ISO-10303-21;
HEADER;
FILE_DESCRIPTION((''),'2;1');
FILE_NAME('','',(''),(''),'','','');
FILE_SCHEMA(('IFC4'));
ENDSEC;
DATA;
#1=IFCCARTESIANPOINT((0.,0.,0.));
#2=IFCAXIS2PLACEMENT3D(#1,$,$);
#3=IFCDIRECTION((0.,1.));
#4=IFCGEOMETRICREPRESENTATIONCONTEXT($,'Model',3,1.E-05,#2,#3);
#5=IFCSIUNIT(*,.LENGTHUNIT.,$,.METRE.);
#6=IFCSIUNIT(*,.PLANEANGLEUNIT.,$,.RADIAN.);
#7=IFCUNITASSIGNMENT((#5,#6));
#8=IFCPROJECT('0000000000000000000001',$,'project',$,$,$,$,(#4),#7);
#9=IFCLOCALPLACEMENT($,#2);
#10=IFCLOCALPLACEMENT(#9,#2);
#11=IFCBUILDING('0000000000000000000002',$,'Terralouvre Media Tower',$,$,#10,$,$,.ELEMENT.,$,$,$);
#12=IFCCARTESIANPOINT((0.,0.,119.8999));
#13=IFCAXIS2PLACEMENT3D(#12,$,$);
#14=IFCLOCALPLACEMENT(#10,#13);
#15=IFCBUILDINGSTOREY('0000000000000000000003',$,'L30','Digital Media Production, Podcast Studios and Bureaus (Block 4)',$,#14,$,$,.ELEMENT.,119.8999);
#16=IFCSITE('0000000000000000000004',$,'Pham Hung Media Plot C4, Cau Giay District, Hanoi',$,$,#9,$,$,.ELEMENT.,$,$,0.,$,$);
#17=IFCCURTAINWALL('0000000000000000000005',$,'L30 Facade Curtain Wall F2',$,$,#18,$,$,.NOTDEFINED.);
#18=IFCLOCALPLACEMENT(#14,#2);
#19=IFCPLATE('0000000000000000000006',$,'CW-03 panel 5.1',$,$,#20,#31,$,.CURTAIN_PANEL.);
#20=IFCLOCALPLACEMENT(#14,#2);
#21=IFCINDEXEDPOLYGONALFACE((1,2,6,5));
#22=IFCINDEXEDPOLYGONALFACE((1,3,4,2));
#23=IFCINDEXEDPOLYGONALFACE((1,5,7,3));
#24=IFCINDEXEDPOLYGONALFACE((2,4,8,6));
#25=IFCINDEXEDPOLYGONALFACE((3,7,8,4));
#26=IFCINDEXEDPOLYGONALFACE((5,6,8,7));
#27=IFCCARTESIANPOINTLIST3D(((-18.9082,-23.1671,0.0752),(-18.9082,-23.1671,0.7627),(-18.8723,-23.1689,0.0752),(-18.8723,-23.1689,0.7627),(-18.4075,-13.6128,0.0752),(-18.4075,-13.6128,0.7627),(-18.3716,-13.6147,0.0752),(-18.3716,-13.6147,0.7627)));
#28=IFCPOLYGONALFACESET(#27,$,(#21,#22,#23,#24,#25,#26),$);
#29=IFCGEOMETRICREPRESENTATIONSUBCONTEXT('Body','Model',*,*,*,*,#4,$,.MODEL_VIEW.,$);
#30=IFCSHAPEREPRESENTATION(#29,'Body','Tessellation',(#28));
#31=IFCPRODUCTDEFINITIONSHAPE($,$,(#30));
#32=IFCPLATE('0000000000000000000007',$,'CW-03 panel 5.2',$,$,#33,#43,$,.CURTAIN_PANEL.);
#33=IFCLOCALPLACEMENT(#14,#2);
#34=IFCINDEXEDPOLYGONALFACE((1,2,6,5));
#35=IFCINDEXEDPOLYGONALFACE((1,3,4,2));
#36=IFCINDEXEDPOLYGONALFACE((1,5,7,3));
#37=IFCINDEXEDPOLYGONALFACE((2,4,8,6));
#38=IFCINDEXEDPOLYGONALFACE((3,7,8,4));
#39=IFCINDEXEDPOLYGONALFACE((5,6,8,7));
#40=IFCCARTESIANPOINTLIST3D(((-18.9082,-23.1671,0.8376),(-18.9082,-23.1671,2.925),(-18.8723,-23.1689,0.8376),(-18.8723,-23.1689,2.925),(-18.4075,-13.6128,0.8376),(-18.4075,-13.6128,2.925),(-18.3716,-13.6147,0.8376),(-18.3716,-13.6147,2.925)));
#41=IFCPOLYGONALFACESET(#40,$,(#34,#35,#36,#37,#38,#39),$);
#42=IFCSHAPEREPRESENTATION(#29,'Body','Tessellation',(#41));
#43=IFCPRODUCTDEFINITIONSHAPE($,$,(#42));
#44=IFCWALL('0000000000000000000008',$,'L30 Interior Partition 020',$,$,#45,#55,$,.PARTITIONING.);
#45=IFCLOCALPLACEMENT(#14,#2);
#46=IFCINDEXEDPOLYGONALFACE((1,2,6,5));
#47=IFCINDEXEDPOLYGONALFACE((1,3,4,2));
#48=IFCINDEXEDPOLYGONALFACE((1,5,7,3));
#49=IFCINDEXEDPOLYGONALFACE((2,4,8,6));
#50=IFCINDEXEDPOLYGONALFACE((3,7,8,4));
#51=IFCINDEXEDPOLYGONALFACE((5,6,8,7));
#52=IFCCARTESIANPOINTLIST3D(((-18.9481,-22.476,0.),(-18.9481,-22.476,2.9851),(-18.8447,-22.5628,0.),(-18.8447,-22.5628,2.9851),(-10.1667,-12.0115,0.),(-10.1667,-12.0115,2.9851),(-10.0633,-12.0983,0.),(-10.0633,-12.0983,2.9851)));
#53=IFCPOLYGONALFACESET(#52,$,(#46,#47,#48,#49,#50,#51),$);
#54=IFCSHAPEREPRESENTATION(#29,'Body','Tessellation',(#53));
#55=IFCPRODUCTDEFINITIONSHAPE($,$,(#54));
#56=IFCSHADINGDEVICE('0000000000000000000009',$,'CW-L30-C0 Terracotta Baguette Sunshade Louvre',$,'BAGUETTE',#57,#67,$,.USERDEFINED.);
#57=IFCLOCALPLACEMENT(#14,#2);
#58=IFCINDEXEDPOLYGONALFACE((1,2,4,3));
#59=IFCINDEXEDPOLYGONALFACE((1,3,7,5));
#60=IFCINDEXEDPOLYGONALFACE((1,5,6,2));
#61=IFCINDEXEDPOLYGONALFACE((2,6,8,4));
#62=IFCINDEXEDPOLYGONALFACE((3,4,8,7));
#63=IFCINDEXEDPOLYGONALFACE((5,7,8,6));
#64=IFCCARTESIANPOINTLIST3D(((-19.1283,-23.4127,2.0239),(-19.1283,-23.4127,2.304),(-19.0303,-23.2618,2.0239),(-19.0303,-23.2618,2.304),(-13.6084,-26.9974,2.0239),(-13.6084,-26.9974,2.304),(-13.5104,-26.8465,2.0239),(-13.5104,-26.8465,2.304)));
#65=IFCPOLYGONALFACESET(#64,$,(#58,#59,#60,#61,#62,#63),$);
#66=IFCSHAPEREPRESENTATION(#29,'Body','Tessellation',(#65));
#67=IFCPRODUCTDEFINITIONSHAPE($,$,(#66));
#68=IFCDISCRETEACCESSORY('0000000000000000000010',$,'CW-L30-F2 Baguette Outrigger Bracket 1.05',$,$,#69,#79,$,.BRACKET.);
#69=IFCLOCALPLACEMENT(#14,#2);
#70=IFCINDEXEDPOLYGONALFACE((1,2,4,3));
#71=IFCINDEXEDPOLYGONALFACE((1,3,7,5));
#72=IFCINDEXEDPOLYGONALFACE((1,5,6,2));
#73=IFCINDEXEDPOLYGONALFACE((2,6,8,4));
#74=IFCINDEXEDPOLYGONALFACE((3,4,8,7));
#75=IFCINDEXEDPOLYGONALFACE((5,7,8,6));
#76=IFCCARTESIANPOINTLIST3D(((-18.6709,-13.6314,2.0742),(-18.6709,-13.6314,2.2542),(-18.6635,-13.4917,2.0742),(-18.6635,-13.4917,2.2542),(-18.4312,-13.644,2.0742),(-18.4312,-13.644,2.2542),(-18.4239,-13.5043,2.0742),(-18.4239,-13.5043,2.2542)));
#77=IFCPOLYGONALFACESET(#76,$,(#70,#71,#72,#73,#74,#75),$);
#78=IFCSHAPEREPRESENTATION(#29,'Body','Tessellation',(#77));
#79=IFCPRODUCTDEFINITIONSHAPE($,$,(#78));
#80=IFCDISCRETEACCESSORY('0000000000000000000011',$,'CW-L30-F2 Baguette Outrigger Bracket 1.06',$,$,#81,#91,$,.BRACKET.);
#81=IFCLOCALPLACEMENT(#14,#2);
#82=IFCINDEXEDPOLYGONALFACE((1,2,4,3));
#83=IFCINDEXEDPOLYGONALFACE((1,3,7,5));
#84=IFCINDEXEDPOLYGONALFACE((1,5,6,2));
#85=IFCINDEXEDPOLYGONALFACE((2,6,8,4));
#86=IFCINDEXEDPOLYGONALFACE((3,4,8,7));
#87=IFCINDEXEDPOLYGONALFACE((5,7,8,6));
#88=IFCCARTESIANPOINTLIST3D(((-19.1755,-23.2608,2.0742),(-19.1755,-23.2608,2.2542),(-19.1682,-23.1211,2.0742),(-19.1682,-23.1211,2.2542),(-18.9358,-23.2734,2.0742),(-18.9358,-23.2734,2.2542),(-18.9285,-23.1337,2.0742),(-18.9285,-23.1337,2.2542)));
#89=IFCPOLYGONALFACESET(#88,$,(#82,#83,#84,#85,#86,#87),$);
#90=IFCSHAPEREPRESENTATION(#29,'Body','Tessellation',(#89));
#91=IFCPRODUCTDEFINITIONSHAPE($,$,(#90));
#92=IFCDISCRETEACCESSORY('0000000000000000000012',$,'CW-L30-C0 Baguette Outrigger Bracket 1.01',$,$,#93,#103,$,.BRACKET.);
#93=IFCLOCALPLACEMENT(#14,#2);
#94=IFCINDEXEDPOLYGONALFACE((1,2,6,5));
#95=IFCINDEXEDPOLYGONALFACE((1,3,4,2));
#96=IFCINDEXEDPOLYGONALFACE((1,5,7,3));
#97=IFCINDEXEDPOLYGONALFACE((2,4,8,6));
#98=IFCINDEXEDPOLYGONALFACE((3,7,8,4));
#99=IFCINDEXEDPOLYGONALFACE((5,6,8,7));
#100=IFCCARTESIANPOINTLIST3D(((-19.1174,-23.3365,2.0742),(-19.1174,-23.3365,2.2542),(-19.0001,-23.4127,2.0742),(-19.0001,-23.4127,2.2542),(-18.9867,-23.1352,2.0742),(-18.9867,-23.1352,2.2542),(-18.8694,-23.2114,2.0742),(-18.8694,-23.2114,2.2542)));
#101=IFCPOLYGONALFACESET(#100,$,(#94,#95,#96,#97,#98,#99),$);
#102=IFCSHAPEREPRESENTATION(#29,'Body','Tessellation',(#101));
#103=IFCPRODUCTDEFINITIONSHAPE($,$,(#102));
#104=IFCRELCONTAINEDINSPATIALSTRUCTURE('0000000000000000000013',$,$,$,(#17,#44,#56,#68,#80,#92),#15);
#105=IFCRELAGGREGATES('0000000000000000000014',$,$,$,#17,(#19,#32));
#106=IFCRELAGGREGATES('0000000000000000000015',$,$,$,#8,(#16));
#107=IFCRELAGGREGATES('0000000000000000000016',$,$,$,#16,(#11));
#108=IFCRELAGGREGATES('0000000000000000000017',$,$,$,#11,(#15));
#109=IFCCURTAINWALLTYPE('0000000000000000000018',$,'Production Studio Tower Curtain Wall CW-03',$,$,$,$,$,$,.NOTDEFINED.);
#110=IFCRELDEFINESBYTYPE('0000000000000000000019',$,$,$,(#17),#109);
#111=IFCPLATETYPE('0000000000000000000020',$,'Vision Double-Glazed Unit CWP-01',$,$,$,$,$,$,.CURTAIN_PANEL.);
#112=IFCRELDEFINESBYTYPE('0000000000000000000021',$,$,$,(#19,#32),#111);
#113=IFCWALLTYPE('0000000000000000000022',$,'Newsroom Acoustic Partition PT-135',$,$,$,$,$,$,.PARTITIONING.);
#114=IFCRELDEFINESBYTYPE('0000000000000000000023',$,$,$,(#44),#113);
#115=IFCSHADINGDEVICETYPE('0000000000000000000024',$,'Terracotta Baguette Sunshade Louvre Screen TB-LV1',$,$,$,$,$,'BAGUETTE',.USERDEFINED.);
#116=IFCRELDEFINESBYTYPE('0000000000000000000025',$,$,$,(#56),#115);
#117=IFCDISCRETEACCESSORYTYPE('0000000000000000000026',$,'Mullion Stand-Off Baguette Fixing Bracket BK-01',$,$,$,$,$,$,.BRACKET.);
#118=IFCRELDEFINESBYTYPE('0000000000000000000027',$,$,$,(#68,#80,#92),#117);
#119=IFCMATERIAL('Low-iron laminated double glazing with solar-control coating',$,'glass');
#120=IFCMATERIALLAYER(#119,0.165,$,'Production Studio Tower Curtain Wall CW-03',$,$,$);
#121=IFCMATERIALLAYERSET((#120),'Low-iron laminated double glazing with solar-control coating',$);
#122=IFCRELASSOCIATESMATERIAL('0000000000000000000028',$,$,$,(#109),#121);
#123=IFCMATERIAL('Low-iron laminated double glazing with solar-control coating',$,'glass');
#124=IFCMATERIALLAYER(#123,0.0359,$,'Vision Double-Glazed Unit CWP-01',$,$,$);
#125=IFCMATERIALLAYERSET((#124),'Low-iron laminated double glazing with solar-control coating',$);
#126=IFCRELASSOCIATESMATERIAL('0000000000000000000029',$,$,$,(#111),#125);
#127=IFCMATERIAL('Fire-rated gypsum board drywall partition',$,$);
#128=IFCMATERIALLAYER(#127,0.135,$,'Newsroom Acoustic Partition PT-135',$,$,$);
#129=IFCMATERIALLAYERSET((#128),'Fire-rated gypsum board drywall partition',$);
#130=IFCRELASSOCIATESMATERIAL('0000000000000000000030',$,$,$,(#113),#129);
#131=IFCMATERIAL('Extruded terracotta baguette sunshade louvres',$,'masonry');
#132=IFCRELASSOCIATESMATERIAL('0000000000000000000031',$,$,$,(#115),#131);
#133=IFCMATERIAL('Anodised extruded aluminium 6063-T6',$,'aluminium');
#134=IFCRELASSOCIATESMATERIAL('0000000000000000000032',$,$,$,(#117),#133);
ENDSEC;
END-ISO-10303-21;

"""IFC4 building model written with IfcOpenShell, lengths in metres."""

from ifc_helpers import new_model, si_unit, direction, frame, frame_2d, origin, origin_2d, place, context, subcontext, project, spatial, rectangle, extrude, material, layer, layer_set, type_object, element, aggregate, save


model = new_model("IFC4")

# Units and contexts
model_context = context("Model", 3, precision=1e-05, world=origin(), true_north=direction((0.0, 1.0)))
body_context = subcontext(model_context, "Body", "Model", "MODEL_VIEW")
ifc_project = project(units=[si_unit("LENGTHUNIT", "METRE"), si_unit("PLANEANGLEUNIT", "RADIAN")], contexts=[model_context])

# Site, building, storey
site_placement = place(None, origin())
site = spatial("IfcSite", under=ifc_project, at=site_placement, Name="Pham Hung Media Plot C4, Cau Giay District, Hanoi", CompositionType="ELEMENT", RefElevation=0.0)
building_placement = place(site_placement, origin())
building = spatial("IfcBuilding", under=site, at=building_placement, Name="Terralouvre Media Tower", CompositionType="ELEMENT")
storey_placement = place(building_placement, frame((0.0, 0.0, 119.8999)))
storey = spatial("IfcBuildingStorey", under=building, at=storey_placement, Name="L30", Description="Digital Media Production, Podcast Studios and Bureaus (Block 4)", CompositionType="ELEMENT", Elevation=119.8999)

# Curtain wall
ifc_material_1 = material(Name="Low-iron laminated double glazing with solar-control coating", Category="glass")
ifc_layer_1 = layer(ifc_material_1, 0.165, Name="Production Studio Tower Curtain Wall CW-03")
ifc_layer_set_1 = layer_set([ifc_layer_1], Name="Low-iron laminated double glazing with solar-control coating")
curtain_wall_type_1 = type_object("IfcCurtainWallType", Name="Production Studio Tower Curtain Wall CW-03", PredefinedType="NOTDEFINED", material=ifc_layer_set_1)
curtain_wall_1_placement = place(storey_placement, origin())
curtain_wall_1 = element("IfcCurtainWall", 1, at=curtain_wall_1_placement, inside=storey, type_object=curtain_wall_type_1, Name="L30 Facade Curtain Wall F2", PredefinedType="NOTDEFINED")

# Plates
ifc_material_2 = material(Name="Low-iron laminated double glazing with solar-control coating", Category="glass")
ifc_layer_2 = layer(ifc_material_2, 0.0359, Name="Vision Double-Glazed Unit CWP-01")
ifc_layer_set_2 = layer_set([ifc_layer_2], Name="Low-iron laminated double glazing with solar-control coating")
plate_type_1 = type_object("IfcPlateType", Name="Vision Double-Glazed Unit CWP-01", PredefinedType="CURTAIN_PANEL", material=ifc_layer_set_2)
plate_1_placement = place(storey_placement, frame((-18.6399, -18.3909, 0.0752), z_axis=(0.0, 0.0, 1.0), x_axis=(-0.052336, -0.99863, 0.0)))
plate_1 = element("IfcPlate", 2, at=plate_1_placement, type_object=plate_type_1, Name="CW-03 panel 5.1", PredefinedType="CURTAIN_PANEL", context=body_context, shape_type="SweptSolid", body=[
    extrude(rectangle(XDim=9.5674, YDim=0.0359, at=origin_2d()), origin(), (0.0, 0.0, 1.0), 0.6875),
])
plate_2_placement = place(storey_placement, frame((-18.6399, -18.3909, 0.8376), z_axis=(0.0, 0.0, 1.0), x_axis=(-0.052336, -0.99863, 0.0)))
plate_2 = element("IfcPlate", 3, at=plate_2_placement, type_object=plate_type_1, Name="CW-03 panel 5.2", PredefinedType="CURTAIN_PANEL", context=body_context, shape_type="SweptSolid", body=[
    extrude(rectangle(XDim=9.5674, YDim=0.0359, at=origin_2d()), origin(), (0.0, 0.0, 1.0), 2.0874),
])
aggregate(curtain_wall_1, [plate_1, plate_2])

# Wall
ifc_material_3 = material(Name="Fire-rated gypsum board drywall partition")
ifc_layer_3 = layer(ifc_material_3, 0.135, Name="Newsroom Acoustic Partition PT-135")
ifc_layer_set_3 = layer_set([ifc_layer_3], Name="Fire-rated gypsum board drywall partition")
wall_type = type_object("IfcWallType", Name="Newsroom Acoustic Partition PT-135", PredefinedType="PARTITIONING", material=ifc_layer_set_3)
wall_placement = place(storey_placement, frame((-18.8965, -22.5195, 0.0), z_axis=(0.0, 0.0, 1.0), x_axis=(0.642816, 0.766021, 0.0)))
element("IfcWall", 4, at=wall_placement, inside=storey, type_object=wall_type, Name="L30 Interior Partition 020", PredefinedType="PARTITIONING", context=body_context, shape_type="SweptSolid", body=[
    extrude(rectangle(XDim=13.6609, YDim=0.135, at=frame_2d((6.8306, 0.0))), origin(), (0.0, 0.0, 1.0), 2.9851),
])

# Shading device
ifc_material_4 = material(Name="Extruded terracotta baguette sunshade louvres", Category="masonry")
shading_device_type = type_object("IfcShadingDeviceType", Name="Terracotta Baguette Sunshade Louvre Screen TB-LV1", ElementType="BAGUETTE", PredefinedType="USERDEFINED", material=ifc_material_4)
shading_device_placement = place(storey_placement, frame((-16.3193, -25.1296, 2.0239), z_axis=(0.0, 0.0, 1.0), x_axis=(0.83867, -0.544639, 0.0)))
element("IfcShadingDevice", 5, at=shading_device_placement, inside=storey, type_object=shading_device_type, Name="CW-L30-C0 Terracotta Baguette Sunshade Louvre", ObjectType="BAGUETTE", PredefinedType="USERDEFINED", context=body_context, shape_type="SweptSolid", body=[
    extrude(rectangle(XDim=6.5818, YDim=0.1799, at=origin_2d()), origin(), (0.0, 0.0, 1.0), 0.28),
])

# Discrete accessories
ifc_material_5 = material(Name="Anodised extruded aluminium 6063-T6", Category="aluminium")
discrete_accessory_type = type_object("IfcDiscreteAccessoryType", Name="Mullion Stand-Off Baguette Fixing Bracket BK-01", PredefinedType="BRACKET", material=ifc_material_5)
for number, where, z_axis, x_axis, name in (
    (6, (-18.5474, -13.5679, 2.0742), (0.0, 0.0, 1.0), (-0.052336, -0.99863, 0.0), "CW-L30-F2 Baguette Outrigger Bracket 1.05"),
    (7, (-19.052, -23.1973, 2.0742), (0.0, 0.0, 1.0), (-0.052336, -0.99863, 0.0), "CW-L30-F2 Baguette Outrigger Bracket 1.06"),
    (8, (-18.9934, -23.2739, 2.0742), (0.0, 0.0, 1.0), (0.83867, -0.544639, 0.0), "CW-L30-C0 Baguette Outrigger Bracket 1.01"),
):
    element("IfcDiscreteAccessory", number, at=place(storey_placement, frame(where, z_axis=z_axis, x_axis=x_axis)), inside=storey, type_object=discrete_accessory_type, Name=name, PredefinedType="BRACKET", context=body_context, shape_type="SweptSolid", body=[
        extrude(rectangle(XDim=0.1399, YDim=0.24, at=origin_2d()), origin(), (0.0, 0.0, 1.0), 0.1799),
    ])

save(model, "model.ifc")
